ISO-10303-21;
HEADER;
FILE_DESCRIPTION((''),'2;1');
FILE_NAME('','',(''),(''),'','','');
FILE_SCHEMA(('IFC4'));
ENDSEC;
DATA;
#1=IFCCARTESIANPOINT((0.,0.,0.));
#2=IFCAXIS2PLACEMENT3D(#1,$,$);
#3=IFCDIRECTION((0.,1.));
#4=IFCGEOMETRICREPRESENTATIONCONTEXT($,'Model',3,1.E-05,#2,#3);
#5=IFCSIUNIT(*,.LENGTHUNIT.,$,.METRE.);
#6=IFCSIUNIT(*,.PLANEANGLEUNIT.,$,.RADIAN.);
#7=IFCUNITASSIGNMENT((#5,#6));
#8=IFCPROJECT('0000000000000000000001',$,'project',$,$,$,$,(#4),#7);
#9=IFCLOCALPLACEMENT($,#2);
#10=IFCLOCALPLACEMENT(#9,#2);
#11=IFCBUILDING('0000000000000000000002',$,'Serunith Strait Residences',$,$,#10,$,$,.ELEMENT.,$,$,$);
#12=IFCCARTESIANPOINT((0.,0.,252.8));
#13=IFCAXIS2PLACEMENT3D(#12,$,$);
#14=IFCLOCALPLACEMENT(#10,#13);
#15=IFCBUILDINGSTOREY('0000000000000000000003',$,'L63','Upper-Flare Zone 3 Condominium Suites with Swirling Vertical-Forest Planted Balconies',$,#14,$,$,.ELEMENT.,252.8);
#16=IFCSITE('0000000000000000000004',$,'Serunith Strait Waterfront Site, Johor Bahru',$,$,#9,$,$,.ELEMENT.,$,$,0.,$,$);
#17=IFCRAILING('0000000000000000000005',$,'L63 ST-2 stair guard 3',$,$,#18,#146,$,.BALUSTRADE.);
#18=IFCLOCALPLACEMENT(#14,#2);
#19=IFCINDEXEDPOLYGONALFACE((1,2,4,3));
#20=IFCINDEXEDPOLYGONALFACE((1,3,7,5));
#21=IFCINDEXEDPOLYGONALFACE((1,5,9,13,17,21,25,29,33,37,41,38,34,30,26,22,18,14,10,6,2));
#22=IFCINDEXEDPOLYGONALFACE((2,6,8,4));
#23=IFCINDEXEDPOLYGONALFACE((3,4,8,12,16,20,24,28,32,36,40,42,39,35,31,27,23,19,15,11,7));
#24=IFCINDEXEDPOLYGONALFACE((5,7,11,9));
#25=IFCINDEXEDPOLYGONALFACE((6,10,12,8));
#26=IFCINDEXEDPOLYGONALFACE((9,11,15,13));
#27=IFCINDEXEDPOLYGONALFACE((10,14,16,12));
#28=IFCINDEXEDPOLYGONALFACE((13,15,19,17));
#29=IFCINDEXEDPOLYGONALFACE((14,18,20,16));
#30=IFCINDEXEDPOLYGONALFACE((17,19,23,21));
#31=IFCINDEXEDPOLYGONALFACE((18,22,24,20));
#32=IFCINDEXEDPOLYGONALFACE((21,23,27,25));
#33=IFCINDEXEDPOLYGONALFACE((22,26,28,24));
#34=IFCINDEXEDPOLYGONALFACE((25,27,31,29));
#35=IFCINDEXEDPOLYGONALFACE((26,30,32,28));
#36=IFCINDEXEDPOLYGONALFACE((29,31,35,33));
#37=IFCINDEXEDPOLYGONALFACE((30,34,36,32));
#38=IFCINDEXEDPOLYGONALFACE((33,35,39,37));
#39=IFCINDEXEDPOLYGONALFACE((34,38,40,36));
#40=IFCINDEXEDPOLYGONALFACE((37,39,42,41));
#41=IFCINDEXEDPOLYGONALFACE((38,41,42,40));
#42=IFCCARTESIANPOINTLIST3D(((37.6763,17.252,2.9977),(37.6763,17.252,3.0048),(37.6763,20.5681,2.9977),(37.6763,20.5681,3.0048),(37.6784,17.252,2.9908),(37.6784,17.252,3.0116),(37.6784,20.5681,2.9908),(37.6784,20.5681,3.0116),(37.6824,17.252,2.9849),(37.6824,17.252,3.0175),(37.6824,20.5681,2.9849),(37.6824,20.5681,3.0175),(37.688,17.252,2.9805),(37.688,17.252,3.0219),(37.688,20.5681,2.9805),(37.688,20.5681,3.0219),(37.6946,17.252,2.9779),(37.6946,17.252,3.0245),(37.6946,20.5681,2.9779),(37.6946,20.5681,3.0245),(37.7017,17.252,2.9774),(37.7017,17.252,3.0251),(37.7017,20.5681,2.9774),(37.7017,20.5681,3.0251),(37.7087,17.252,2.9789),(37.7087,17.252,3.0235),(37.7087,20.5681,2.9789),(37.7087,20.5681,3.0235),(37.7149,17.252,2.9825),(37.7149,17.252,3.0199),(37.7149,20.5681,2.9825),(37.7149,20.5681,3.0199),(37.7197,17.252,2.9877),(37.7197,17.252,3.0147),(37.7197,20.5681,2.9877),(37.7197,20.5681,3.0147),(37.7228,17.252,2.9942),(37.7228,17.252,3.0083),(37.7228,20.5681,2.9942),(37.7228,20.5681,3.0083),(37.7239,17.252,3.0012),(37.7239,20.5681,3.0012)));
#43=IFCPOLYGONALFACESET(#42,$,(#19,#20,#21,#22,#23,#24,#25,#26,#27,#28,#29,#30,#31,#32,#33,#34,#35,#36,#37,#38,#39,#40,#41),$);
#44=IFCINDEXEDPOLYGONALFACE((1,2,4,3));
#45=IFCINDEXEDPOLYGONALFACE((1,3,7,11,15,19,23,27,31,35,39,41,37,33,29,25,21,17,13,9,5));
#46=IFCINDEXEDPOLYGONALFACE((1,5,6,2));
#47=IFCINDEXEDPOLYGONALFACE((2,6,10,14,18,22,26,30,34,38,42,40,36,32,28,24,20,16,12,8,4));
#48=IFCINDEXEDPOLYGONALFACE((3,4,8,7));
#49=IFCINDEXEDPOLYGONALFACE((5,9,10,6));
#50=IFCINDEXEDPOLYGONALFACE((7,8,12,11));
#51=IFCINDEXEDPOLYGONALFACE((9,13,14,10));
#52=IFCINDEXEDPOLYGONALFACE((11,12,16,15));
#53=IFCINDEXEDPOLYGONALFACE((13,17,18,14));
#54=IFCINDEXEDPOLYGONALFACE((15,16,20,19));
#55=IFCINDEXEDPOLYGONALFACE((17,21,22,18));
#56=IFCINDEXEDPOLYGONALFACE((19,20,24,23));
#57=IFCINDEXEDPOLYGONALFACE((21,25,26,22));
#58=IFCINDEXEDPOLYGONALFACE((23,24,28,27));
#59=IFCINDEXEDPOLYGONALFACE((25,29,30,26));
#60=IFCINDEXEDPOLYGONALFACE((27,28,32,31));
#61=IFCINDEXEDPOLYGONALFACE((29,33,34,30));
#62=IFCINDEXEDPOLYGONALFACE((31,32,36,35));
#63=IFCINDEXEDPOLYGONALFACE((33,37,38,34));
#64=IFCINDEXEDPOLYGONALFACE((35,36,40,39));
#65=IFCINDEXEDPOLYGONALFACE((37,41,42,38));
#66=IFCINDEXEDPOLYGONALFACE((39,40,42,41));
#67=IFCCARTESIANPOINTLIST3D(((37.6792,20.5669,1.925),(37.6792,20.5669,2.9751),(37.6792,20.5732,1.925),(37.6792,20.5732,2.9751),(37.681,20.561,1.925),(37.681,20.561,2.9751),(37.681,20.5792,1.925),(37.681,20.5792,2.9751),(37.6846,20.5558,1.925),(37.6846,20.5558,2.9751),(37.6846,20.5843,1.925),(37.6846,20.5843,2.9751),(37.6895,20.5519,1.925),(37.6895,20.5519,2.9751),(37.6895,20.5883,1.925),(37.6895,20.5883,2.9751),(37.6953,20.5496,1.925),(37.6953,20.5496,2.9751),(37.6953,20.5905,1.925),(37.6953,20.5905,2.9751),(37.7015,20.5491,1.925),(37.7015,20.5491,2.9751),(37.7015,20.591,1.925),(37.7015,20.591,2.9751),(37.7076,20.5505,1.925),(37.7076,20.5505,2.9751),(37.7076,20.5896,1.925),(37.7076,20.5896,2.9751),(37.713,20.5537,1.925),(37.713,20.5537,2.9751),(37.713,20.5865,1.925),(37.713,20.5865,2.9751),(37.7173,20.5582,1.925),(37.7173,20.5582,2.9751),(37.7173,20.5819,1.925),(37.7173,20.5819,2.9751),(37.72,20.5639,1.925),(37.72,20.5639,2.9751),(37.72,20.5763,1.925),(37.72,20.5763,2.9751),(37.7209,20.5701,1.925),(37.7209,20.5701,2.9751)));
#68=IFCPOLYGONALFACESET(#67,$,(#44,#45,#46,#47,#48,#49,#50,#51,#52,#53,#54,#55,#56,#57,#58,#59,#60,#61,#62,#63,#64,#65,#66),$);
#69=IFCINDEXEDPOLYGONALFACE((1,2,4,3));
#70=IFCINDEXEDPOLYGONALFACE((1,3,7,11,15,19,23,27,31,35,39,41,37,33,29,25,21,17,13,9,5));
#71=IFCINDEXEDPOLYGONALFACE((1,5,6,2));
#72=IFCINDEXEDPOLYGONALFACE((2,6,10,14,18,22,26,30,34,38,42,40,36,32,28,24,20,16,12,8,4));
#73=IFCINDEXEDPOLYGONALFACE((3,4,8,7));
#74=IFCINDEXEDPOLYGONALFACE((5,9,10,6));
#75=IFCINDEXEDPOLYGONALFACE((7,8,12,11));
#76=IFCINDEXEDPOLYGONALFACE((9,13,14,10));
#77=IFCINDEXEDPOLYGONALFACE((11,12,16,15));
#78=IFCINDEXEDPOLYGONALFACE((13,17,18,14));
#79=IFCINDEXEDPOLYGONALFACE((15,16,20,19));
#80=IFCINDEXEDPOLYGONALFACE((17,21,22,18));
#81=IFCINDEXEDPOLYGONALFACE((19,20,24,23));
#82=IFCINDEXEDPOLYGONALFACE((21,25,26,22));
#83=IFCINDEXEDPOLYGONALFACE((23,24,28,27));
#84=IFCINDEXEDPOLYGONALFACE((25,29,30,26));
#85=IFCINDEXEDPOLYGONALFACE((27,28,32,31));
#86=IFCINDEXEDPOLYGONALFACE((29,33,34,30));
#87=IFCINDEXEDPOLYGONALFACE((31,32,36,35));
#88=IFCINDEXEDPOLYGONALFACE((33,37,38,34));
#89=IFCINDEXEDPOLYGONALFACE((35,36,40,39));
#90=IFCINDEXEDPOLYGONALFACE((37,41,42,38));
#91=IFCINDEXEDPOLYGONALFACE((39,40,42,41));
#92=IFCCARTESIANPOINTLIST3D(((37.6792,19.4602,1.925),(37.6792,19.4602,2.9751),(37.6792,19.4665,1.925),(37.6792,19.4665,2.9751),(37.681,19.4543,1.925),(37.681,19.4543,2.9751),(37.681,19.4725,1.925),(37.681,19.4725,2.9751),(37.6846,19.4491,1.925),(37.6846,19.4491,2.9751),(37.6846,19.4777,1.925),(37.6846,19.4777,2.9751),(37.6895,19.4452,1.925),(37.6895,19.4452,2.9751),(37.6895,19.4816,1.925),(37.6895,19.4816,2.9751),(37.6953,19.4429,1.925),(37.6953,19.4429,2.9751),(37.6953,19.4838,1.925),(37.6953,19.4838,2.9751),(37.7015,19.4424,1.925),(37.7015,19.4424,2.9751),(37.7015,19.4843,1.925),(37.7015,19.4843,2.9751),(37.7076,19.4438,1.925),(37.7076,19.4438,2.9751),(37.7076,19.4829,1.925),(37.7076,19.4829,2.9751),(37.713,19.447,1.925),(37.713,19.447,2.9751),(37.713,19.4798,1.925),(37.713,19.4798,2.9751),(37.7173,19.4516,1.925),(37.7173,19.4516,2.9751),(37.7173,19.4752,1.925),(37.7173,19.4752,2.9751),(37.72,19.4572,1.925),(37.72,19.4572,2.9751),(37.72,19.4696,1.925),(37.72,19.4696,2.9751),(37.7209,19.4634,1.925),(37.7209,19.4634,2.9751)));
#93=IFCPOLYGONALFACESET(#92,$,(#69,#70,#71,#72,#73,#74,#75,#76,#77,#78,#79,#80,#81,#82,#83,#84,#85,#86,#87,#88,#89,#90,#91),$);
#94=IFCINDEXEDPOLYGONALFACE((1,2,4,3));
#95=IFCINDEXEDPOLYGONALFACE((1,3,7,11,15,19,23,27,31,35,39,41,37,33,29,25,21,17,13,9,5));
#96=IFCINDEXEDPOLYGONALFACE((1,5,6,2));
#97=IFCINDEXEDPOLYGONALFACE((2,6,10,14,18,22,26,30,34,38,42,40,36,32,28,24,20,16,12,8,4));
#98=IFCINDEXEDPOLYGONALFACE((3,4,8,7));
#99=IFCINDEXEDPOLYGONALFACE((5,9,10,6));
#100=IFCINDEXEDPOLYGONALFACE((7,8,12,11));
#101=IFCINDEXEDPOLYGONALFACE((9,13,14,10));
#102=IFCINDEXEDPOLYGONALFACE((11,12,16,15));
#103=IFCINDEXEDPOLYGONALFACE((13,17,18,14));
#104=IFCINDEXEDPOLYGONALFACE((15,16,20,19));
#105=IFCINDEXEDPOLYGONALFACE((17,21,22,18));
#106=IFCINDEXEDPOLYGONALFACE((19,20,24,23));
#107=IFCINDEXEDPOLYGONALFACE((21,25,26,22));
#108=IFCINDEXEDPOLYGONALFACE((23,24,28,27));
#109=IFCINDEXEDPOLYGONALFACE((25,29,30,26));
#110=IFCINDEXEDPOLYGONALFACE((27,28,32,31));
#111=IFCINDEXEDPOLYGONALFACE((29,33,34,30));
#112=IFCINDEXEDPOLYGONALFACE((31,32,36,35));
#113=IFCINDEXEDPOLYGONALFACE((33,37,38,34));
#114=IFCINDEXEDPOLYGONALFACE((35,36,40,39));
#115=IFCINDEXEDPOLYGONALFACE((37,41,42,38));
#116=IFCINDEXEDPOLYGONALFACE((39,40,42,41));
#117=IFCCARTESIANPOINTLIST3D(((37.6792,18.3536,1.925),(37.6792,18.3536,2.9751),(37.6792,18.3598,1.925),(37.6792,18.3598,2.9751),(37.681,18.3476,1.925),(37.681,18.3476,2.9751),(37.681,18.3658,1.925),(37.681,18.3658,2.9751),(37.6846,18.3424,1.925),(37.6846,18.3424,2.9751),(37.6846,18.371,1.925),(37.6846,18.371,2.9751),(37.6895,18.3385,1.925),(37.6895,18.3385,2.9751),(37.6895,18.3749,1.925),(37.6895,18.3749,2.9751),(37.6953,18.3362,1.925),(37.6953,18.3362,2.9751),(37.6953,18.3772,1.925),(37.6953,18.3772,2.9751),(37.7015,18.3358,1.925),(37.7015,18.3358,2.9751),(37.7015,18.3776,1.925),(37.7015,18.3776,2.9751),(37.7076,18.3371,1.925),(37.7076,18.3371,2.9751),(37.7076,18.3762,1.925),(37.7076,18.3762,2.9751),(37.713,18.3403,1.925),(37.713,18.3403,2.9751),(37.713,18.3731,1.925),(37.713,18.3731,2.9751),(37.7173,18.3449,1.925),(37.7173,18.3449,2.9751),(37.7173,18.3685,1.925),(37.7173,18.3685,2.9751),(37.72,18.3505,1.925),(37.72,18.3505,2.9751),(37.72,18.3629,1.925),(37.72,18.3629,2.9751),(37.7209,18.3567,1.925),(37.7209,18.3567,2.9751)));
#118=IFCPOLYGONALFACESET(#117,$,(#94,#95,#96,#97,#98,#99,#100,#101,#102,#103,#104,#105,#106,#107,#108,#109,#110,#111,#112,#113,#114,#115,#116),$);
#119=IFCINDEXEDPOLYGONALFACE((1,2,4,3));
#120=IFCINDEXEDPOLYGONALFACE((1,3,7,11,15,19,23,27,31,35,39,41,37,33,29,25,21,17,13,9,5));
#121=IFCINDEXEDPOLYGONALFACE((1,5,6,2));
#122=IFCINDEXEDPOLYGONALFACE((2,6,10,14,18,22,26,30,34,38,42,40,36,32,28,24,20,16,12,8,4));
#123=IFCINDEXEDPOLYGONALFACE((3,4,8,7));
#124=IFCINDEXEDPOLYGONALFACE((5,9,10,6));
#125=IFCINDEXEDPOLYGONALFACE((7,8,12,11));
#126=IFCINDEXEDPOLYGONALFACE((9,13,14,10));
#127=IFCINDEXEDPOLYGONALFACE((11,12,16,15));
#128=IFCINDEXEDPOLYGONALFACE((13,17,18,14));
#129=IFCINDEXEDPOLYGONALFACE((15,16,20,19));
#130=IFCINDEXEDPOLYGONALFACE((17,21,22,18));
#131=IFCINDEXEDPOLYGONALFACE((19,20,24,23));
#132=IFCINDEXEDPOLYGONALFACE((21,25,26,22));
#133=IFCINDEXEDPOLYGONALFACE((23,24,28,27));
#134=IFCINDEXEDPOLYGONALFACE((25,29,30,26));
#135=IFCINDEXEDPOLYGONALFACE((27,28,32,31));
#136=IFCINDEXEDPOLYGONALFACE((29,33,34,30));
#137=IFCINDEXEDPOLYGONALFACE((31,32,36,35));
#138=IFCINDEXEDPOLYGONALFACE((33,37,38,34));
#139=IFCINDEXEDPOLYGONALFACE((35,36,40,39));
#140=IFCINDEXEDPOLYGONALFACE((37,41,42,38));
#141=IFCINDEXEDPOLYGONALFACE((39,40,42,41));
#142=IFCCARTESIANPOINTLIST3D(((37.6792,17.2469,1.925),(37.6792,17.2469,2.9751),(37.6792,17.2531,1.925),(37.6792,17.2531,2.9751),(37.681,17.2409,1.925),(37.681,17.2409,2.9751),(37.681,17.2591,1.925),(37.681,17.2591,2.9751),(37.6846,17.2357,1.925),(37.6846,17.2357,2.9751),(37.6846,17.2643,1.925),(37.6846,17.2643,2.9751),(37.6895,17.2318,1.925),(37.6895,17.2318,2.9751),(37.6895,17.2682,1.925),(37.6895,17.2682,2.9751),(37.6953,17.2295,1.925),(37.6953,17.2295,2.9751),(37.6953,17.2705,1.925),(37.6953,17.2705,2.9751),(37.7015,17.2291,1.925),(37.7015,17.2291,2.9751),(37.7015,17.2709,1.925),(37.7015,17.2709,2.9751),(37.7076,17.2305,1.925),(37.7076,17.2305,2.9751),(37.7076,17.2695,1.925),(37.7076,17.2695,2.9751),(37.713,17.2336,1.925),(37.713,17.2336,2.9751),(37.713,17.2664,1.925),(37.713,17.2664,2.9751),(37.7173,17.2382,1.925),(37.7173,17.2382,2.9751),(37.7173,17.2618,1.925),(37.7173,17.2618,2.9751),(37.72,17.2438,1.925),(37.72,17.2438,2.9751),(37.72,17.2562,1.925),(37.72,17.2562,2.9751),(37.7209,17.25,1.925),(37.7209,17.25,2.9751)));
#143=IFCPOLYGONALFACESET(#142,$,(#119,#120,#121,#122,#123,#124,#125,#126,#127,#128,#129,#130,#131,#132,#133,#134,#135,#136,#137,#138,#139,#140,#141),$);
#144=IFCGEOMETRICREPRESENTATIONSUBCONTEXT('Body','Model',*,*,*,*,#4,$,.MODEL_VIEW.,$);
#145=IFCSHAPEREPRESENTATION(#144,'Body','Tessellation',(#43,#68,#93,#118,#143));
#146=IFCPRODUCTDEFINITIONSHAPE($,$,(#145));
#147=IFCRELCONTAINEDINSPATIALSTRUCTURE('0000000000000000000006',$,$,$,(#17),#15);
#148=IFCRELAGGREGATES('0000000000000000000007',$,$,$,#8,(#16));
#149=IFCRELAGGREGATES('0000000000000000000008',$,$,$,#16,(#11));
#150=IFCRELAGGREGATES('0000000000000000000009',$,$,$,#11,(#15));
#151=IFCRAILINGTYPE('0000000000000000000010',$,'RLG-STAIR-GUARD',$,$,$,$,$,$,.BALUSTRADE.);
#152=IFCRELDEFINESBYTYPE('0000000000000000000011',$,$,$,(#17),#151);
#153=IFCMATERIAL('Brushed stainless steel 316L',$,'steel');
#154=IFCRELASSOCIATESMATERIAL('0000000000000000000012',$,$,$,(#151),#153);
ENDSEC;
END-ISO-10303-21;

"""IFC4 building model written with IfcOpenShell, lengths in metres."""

from ifc_helpers import new_model, si_unit, direction, frame, origin, origin_2d, place, context, subcontext, project, spatial, circle, extrude, material, type_object, element, save


model = new_model("IFC4")

# Units and contexts
model_context = context("Model", 3, precision=1e-05, world=origin(), true_north=direction((0.0, 1.0)))
body_context = subcontext(model_context, "Body", "Model", "MODEL_VIEW")
ifc_project = project(units=[si_unit("LENGTHUNIT", "METRE"), si_unit("PLANEANGLEUNIT", "RADIAN")], contexts=[model_context])

# Site, building, storey
site_placement = place(None, origin())
site = spatial("IfcSite", under=ifc_project, at=site_placement, Name="Serunith Strait Waterfront Site, Johor Bahru", CompositionType="ELEMENT", RefElevation=0.0)
building_placement = place(site_placement, origin())
building = spatial("IfcBuilding", under=site, at=building_placement, Name="Serunith Strait Residences", CompositionType="ELEMENT")
storey_placement = place(building_placement, frame((0.0, 0.0, 252.8)))
storey = spatial("IfcBuildingStorey", under=building, at=storey_placement, Name="L63", Description="Upper-Flare Zone 3 Condominium Suites with Swirling Vertical-Forest Planted Balconies", CompositionType="ELEMENT", Elevation=252.8)

# Railing
ifc_material_1 = material(Name="Brushed stainless steel 316L", Category="steel")
railing_type_1 = type_object("IfcRailingType", Name="RLG-STAIR-GUARD", PredefinedType="BALUSTRADE", material=ifc_material_1)
for number, where, name in (
    (1, (37.7, 20.5701, 1.925), "L63 ST-2 stair guard 3"),
):
    element("IfcRailing", number, at=place(storey_placement, frame(where)), inside=storey, type_object=railing_type_1, Name=name, PredefinedType="BALUSTRADE", context=body_context, shape_type="SweptSolid", body=[
        extrude(circle(Radius=0.0239, at=origin_2d()), frame((0.0, -0.002, 1.0762), z_axis=(0.0, -1.0, 0.0), x_axis=(1.0, 0.0, 0.0)), (0.0, 0.0, 1.0), 3.3162),
        extrude(circle(Radius=0.021, at=origin_2d()), origin(), (0.0, 0.0, 1.0), 1.05),
        extrude(circle(Radius=0.021, at=origin_2d()), frame((0.0, -1.1067, 0.0)), (0.0, 0.0, 1.0), 1.05),
        extrude(circle(Radius=0.021, at=origin_2d()), frame((0.0, -2.2134, 0.0)), (0.0, 0.0, 1.0), 1.05),
        extrude(circle(Radius=0.021, at=origin_2d()), frame((0.0, -3.3201, 0.0)), (0.0, 0.0, 1.0), 1.05),
    ])

save(model, "model.ifc")
